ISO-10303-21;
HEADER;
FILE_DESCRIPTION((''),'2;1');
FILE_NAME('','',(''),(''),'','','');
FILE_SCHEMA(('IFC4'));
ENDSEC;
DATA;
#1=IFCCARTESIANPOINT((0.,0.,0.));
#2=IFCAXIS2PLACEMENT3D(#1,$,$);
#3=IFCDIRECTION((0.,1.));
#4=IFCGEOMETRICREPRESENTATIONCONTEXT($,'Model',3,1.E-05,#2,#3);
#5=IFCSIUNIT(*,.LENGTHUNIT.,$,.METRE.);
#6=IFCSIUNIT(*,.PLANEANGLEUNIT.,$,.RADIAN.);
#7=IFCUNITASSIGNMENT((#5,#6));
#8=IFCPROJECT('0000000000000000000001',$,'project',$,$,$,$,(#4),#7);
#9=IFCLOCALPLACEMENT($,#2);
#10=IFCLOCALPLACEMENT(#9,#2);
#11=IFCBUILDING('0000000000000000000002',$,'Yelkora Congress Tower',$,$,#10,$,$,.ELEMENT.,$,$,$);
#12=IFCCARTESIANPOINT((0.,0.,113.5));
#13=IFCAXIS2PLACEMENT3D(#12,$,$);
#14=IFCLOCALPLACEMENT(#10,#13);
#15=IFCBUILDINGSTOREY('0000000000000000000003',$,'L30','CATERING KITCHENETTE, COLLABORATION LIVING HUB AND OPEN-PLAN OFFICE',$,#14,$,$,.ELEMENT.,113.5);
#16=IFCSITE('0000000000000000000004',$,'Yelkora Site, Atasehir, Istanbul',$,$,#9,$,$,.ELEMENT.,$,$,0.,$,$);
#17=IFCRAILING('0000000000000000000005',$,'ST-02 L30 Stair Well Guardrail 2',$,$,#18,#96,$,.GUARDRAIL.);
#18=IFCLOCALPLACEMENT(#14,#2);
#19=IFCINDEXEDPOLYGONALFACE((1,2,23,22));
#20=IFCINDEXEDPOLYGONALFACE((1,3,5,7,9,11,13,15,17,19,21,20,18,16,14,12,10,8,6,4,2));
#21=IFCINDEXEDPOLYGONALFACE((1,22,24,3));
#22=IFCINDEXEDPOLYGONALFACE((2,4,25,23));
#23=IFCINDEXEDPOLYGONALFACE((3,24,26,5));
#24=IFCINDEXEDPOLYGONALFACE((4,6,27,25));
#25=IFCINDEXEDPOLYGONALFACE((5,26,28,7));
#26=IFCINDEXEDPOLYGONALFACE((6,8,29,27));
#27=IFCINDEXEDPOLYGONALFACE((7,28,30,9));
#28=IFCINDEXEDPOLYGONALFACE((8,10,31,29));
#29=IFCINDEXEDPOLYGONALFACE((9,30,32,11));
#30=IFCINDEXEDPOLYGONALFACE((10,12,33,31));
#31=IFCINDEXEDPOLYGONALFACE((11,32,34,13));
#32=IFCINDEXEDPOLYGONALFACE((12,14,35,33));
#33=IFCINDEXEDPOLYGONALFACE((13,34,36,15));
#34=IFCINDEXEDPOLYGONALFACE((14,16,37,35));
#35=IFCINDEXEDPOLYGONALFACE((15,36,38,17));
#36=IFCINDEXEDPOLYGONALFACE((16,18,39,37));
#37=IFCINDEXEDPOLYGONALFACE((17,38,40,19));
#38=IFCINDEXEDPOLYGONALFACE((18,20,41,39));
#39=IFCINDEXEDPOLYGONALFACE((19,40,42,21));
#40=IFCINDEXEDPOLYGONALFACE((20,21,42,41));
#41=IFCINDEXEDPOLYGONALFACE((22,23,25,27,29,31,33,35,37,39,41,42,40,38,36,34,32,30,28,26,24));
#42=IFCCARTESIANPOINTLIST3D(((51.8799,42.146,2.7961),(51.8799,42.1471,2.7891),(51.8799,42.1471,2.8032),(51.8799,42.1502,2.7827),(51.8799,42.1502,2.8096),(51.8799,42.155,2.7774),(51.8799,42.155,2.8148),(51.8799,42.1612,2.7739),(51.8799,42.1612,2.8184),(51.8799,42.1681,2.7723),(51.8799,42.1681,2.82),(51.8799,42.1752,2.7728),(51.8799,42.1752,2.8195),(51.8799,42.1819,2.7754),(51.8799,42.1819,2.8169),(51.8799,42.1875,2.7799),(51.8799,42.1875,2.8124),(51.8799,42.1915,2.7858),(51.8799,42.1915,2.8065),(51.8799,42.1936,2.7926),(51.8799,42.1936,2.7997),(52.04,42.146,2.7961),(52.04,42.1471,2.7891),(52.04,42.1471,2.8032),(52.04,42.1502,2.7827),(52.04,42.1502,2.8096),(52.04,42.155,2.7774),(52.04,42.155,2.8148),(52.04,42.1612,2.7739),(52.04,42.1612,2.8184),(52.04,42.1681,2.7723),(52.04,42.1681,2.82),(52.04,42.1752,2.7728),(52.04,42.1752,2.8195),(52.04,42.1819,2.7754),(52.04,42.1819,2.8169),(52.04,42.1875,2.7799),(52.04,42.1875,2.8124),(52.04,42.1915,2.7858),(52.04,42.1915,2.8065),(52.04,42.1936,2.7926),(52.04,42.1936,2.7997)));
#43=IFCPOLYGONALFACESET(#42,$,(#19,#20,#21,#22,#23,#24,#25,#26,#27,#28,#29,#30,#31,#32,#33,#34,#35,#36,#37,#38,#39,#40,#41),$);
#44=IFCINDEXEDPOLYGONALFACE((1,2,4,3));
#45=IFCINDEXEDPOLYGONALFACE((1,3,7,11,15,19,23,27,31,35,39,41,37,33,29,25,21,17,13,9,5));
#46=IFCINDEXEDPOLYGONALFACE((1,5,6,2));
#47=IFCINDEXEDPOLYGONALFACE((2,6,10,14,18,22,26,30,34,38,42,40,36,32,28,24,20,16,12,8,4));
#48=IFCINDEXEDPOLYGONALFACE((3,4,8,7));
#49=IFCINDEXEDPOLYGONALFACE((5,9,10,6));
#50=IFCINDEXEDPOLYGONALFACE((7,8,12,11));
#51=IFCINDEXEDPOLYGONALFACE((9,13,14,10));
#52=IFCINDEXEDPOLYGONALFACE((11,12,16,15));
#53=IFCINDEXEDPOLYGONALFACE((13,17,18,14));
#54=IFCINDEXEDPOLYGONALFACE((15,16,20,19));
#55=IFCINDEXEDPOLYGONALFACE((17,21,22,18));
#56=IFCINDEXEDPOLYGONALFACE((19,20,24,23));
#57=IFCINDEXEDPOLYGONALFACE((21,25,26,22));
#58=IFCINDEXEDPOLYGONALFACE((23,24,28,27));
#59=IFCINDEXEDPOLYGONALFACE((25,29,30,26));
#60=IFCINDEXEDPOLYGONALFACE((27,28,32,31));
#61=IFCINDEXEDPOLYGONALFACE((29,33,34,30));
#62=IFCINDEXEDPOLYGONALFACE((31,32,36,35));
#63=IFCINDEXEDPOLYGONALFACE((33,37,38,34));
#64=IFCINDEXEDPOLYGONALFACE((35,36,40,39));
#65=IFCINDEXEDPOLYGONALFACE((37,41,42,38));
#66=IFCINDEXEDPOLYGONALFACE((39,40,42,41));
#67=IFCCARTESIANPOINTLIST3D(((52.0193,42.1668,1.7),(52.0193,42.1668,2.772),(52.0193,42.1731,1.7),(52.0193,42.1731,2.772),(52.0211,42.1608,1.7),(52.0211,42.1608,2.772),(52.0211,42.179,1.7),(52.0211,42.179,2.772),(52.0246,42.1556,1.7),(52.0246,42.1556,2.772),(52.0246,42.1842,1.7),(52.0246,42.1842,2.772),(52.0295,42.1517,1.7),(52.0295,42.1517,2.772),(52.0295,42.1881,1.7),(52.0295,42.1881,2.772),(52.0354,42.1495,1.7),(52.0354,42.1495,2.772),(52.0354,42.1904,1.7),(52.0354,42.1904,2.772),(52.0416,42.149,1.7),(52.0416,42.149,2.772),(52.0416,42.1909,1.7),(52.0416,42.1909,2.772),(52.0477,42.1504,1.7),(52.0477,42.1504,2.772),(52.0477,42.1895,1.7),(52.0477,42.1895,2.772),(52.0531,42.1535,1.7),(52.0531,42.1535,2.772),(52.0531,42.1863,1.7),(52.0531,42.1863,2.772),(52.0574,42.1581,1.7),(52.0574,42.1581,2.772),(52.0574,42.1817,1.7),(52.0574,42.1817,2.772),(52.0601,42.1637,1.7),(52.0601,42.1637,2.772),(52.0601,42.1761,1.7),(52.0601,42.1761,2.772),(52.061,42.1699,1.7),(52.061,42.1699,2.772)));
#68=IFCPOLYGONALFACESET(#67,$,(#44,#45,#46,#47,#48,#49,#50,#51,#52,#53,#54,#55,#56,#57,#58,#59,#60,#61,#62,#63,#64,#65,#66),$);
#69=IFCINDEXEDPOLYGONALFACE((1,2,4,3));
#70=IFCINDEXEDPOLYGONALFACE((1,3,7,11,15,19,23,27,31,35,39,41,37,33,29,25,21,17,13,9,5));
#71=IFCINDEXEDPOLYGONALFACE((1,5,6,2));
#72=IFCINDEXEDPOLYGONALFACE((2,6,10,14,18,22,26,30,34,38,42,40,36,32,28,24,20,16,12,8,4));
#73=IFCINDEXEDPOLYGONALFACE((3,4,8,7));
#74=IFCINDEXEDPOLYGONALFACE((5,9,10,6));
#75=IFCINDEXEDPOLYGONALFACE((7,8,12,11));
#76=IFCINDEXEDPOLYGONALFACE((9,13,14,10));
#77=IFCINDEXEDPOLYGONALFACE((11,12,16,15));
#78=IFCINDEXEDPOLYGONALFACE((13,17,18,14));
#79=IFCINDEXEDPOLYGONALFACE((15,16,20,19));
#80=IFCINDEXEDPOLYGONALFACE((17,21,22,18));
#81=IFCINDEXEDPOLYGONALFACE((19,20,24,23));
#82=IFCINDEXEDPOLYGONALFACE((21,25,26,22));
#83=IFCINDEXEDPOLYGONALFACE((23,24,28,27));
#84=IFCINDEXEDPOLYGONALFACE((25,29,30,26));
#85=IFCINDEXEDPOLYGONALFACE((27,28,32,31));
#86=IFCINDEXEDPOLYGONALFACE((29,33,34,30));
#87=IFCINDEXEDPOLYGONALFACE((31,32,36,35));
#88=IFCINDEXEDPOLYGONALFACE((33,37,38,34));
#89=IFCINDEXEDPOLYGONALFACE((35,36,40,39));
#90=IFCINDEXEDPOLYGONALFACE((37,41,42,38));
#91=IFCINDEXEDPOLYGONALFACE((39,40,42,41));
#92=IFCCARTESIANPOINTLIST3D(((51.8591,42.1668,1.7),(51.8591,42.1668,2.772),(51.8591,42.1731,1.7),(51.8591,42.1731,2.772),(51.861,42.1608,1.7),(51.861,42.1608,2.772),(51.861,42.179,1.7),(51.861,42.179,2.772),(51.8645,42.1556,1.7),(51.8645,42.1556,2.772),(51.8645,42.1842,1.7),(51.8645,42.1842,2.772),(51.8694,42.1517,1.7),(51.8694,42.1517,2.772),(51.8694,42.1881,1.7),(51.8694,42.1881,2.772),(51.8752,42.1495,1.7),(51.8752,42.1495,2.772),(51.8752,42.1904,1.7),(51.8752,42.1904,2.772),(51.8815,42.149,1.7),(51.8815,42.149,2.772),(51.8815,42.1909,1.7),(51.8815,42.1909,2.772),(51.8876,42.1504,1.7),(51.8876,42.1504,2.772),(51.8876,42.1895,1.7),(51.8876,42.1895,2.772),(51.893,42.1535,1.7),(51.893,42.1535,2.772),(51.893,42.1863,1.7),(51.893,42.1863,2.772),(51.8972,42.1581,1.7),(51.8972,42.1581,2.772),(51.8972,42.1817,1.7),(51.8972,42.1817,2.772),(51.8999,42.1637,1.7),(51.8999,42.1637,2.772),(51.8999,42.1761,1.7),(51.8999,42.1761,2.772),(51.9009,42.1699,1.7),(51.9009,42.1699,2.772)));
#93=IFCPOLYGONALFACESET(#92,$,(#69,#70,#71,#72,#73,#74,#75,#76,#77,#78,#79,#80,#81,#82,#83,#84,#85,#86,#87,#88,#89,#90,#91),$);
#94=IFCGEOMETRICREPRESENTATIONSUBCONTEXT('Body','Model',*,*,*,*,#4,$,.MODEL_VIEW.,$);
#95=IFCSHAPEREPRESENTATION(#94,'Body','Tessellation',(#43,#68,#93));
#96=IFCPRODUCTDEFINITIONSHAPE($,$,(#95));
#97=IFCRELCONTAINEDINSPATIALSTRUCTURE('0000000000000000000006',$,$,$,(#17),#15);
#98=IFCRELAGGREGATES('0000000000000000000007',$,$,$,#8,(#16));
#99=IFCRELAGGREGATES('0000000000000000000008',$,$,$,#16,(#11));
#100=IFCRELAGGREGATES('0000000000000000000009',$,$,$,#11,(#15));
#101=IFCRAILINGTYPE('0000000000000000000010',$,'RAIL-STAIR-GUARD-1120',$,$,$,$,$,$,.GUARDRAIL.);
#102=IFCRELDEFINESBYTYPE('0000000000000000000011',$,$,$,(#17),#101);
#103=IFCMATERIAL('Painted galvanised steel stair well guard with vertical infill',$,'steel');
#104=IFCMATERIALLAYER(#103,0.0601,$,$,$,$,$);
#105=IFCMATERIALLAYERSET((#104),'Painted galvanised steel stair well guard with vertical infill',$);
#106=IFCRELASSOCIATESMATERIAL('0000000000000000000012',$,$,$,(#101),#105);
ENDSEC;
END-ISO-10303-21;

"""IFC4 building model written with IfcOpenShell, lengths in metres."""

from ifc_helpers import new_model, si_unit, direction, frame, origin, origin_2d, place, context, subcontext, project, spatial, circle, extrude, material, layer, layer_set, type_object, element, save


model = new_model("IFC4")

# Units and contexts
model_context = context("Model", 3, precision=1e-05, world=origin(), true_north=direction((0.0, 1.0)))
body_context = subcontext(model_context, "Body", "Model", "MODEL_VIEW")
ifc_project = project(units=[si_unit("LENGTHUNIT", "METRE"), si_unit("PLANEANGLEUNIT", "RADIAN")], contexts=[model_context])

# Site, building, storey
site_placement = place(None, origin())
site = spatial("IfcSite", under=ifc_project, at=site_placement, Name="Yelkora Site, Atasehir, Istanbul", CompositionType="ELEMENT", RefElevation=0.0)
building_placement = place(site_placement, origin())
building = spatial("IfcBuilding", under=site, at=building_placement, Name="Yelkora Congress Tower", CompositionType="ELEMENT")
storey_placement = place(building_placement, frame((0.0, 0.0, 113.5)))
storey = spatial("IfcBuildingStorey", under=building, at=storey_placement, Name="L30", Description="CATERING KITCHENETTE, COLLABORATION LIVING HUB AND OPEN-PLAN OFFICE", CompositionType="ELEMENT", Elevation=113.5)

# Railing
ifc_material_1 = material(Name="Painted galvanised steel stair well guard with vertical infill", Category="steel")
ifc_layer_1 = layer(ifc_material_1, 0.0601)
ifc_layer_set_1 = layer_set([ifc_layer_1], Name="Painted galvanised steel stair well guard with vertical infill")
railing_type_1 = type_object("IfcRailingType", Name="RAIL-STAIR-GUARD-1120", PredefinedType="GUARDRAIL", material=ifc_layer_set_1)
railing_1_placement = place(storey_placement, frame((52.04, 42.1699, 1.7)))
element("IfcRailing", 1, at=railing_1_placement, inside=storey, type_object=railing_type_1, Name="ST-02 L30 Stair Well Guardrail 2", PredefinedType="GUARDRAIL", context=body_context, shape_type="SweptSolid", body=[
    extrude(circle(Radius=0.0239, at=origin_2d()), frame((0.0, 0.0, 1.0962), z_axis=(-1.0, 0.0, 0.0), x_axis=(0.0, -1.0, 0.0)), (0.0, 0.0, 1.0), 0.1602),
    extrude(circle(Radius=0.021, at=origin_2d()), origin(), (0.0, 0.0, 1.0), 1.072),
    extrude(circle(Radius=0.021, at=origin_2d()), frame((-0.1602, 0.0, 0.0)), (0.0, 0.0, 1.0), 1.072),
])

save(model, "model.ifc")
